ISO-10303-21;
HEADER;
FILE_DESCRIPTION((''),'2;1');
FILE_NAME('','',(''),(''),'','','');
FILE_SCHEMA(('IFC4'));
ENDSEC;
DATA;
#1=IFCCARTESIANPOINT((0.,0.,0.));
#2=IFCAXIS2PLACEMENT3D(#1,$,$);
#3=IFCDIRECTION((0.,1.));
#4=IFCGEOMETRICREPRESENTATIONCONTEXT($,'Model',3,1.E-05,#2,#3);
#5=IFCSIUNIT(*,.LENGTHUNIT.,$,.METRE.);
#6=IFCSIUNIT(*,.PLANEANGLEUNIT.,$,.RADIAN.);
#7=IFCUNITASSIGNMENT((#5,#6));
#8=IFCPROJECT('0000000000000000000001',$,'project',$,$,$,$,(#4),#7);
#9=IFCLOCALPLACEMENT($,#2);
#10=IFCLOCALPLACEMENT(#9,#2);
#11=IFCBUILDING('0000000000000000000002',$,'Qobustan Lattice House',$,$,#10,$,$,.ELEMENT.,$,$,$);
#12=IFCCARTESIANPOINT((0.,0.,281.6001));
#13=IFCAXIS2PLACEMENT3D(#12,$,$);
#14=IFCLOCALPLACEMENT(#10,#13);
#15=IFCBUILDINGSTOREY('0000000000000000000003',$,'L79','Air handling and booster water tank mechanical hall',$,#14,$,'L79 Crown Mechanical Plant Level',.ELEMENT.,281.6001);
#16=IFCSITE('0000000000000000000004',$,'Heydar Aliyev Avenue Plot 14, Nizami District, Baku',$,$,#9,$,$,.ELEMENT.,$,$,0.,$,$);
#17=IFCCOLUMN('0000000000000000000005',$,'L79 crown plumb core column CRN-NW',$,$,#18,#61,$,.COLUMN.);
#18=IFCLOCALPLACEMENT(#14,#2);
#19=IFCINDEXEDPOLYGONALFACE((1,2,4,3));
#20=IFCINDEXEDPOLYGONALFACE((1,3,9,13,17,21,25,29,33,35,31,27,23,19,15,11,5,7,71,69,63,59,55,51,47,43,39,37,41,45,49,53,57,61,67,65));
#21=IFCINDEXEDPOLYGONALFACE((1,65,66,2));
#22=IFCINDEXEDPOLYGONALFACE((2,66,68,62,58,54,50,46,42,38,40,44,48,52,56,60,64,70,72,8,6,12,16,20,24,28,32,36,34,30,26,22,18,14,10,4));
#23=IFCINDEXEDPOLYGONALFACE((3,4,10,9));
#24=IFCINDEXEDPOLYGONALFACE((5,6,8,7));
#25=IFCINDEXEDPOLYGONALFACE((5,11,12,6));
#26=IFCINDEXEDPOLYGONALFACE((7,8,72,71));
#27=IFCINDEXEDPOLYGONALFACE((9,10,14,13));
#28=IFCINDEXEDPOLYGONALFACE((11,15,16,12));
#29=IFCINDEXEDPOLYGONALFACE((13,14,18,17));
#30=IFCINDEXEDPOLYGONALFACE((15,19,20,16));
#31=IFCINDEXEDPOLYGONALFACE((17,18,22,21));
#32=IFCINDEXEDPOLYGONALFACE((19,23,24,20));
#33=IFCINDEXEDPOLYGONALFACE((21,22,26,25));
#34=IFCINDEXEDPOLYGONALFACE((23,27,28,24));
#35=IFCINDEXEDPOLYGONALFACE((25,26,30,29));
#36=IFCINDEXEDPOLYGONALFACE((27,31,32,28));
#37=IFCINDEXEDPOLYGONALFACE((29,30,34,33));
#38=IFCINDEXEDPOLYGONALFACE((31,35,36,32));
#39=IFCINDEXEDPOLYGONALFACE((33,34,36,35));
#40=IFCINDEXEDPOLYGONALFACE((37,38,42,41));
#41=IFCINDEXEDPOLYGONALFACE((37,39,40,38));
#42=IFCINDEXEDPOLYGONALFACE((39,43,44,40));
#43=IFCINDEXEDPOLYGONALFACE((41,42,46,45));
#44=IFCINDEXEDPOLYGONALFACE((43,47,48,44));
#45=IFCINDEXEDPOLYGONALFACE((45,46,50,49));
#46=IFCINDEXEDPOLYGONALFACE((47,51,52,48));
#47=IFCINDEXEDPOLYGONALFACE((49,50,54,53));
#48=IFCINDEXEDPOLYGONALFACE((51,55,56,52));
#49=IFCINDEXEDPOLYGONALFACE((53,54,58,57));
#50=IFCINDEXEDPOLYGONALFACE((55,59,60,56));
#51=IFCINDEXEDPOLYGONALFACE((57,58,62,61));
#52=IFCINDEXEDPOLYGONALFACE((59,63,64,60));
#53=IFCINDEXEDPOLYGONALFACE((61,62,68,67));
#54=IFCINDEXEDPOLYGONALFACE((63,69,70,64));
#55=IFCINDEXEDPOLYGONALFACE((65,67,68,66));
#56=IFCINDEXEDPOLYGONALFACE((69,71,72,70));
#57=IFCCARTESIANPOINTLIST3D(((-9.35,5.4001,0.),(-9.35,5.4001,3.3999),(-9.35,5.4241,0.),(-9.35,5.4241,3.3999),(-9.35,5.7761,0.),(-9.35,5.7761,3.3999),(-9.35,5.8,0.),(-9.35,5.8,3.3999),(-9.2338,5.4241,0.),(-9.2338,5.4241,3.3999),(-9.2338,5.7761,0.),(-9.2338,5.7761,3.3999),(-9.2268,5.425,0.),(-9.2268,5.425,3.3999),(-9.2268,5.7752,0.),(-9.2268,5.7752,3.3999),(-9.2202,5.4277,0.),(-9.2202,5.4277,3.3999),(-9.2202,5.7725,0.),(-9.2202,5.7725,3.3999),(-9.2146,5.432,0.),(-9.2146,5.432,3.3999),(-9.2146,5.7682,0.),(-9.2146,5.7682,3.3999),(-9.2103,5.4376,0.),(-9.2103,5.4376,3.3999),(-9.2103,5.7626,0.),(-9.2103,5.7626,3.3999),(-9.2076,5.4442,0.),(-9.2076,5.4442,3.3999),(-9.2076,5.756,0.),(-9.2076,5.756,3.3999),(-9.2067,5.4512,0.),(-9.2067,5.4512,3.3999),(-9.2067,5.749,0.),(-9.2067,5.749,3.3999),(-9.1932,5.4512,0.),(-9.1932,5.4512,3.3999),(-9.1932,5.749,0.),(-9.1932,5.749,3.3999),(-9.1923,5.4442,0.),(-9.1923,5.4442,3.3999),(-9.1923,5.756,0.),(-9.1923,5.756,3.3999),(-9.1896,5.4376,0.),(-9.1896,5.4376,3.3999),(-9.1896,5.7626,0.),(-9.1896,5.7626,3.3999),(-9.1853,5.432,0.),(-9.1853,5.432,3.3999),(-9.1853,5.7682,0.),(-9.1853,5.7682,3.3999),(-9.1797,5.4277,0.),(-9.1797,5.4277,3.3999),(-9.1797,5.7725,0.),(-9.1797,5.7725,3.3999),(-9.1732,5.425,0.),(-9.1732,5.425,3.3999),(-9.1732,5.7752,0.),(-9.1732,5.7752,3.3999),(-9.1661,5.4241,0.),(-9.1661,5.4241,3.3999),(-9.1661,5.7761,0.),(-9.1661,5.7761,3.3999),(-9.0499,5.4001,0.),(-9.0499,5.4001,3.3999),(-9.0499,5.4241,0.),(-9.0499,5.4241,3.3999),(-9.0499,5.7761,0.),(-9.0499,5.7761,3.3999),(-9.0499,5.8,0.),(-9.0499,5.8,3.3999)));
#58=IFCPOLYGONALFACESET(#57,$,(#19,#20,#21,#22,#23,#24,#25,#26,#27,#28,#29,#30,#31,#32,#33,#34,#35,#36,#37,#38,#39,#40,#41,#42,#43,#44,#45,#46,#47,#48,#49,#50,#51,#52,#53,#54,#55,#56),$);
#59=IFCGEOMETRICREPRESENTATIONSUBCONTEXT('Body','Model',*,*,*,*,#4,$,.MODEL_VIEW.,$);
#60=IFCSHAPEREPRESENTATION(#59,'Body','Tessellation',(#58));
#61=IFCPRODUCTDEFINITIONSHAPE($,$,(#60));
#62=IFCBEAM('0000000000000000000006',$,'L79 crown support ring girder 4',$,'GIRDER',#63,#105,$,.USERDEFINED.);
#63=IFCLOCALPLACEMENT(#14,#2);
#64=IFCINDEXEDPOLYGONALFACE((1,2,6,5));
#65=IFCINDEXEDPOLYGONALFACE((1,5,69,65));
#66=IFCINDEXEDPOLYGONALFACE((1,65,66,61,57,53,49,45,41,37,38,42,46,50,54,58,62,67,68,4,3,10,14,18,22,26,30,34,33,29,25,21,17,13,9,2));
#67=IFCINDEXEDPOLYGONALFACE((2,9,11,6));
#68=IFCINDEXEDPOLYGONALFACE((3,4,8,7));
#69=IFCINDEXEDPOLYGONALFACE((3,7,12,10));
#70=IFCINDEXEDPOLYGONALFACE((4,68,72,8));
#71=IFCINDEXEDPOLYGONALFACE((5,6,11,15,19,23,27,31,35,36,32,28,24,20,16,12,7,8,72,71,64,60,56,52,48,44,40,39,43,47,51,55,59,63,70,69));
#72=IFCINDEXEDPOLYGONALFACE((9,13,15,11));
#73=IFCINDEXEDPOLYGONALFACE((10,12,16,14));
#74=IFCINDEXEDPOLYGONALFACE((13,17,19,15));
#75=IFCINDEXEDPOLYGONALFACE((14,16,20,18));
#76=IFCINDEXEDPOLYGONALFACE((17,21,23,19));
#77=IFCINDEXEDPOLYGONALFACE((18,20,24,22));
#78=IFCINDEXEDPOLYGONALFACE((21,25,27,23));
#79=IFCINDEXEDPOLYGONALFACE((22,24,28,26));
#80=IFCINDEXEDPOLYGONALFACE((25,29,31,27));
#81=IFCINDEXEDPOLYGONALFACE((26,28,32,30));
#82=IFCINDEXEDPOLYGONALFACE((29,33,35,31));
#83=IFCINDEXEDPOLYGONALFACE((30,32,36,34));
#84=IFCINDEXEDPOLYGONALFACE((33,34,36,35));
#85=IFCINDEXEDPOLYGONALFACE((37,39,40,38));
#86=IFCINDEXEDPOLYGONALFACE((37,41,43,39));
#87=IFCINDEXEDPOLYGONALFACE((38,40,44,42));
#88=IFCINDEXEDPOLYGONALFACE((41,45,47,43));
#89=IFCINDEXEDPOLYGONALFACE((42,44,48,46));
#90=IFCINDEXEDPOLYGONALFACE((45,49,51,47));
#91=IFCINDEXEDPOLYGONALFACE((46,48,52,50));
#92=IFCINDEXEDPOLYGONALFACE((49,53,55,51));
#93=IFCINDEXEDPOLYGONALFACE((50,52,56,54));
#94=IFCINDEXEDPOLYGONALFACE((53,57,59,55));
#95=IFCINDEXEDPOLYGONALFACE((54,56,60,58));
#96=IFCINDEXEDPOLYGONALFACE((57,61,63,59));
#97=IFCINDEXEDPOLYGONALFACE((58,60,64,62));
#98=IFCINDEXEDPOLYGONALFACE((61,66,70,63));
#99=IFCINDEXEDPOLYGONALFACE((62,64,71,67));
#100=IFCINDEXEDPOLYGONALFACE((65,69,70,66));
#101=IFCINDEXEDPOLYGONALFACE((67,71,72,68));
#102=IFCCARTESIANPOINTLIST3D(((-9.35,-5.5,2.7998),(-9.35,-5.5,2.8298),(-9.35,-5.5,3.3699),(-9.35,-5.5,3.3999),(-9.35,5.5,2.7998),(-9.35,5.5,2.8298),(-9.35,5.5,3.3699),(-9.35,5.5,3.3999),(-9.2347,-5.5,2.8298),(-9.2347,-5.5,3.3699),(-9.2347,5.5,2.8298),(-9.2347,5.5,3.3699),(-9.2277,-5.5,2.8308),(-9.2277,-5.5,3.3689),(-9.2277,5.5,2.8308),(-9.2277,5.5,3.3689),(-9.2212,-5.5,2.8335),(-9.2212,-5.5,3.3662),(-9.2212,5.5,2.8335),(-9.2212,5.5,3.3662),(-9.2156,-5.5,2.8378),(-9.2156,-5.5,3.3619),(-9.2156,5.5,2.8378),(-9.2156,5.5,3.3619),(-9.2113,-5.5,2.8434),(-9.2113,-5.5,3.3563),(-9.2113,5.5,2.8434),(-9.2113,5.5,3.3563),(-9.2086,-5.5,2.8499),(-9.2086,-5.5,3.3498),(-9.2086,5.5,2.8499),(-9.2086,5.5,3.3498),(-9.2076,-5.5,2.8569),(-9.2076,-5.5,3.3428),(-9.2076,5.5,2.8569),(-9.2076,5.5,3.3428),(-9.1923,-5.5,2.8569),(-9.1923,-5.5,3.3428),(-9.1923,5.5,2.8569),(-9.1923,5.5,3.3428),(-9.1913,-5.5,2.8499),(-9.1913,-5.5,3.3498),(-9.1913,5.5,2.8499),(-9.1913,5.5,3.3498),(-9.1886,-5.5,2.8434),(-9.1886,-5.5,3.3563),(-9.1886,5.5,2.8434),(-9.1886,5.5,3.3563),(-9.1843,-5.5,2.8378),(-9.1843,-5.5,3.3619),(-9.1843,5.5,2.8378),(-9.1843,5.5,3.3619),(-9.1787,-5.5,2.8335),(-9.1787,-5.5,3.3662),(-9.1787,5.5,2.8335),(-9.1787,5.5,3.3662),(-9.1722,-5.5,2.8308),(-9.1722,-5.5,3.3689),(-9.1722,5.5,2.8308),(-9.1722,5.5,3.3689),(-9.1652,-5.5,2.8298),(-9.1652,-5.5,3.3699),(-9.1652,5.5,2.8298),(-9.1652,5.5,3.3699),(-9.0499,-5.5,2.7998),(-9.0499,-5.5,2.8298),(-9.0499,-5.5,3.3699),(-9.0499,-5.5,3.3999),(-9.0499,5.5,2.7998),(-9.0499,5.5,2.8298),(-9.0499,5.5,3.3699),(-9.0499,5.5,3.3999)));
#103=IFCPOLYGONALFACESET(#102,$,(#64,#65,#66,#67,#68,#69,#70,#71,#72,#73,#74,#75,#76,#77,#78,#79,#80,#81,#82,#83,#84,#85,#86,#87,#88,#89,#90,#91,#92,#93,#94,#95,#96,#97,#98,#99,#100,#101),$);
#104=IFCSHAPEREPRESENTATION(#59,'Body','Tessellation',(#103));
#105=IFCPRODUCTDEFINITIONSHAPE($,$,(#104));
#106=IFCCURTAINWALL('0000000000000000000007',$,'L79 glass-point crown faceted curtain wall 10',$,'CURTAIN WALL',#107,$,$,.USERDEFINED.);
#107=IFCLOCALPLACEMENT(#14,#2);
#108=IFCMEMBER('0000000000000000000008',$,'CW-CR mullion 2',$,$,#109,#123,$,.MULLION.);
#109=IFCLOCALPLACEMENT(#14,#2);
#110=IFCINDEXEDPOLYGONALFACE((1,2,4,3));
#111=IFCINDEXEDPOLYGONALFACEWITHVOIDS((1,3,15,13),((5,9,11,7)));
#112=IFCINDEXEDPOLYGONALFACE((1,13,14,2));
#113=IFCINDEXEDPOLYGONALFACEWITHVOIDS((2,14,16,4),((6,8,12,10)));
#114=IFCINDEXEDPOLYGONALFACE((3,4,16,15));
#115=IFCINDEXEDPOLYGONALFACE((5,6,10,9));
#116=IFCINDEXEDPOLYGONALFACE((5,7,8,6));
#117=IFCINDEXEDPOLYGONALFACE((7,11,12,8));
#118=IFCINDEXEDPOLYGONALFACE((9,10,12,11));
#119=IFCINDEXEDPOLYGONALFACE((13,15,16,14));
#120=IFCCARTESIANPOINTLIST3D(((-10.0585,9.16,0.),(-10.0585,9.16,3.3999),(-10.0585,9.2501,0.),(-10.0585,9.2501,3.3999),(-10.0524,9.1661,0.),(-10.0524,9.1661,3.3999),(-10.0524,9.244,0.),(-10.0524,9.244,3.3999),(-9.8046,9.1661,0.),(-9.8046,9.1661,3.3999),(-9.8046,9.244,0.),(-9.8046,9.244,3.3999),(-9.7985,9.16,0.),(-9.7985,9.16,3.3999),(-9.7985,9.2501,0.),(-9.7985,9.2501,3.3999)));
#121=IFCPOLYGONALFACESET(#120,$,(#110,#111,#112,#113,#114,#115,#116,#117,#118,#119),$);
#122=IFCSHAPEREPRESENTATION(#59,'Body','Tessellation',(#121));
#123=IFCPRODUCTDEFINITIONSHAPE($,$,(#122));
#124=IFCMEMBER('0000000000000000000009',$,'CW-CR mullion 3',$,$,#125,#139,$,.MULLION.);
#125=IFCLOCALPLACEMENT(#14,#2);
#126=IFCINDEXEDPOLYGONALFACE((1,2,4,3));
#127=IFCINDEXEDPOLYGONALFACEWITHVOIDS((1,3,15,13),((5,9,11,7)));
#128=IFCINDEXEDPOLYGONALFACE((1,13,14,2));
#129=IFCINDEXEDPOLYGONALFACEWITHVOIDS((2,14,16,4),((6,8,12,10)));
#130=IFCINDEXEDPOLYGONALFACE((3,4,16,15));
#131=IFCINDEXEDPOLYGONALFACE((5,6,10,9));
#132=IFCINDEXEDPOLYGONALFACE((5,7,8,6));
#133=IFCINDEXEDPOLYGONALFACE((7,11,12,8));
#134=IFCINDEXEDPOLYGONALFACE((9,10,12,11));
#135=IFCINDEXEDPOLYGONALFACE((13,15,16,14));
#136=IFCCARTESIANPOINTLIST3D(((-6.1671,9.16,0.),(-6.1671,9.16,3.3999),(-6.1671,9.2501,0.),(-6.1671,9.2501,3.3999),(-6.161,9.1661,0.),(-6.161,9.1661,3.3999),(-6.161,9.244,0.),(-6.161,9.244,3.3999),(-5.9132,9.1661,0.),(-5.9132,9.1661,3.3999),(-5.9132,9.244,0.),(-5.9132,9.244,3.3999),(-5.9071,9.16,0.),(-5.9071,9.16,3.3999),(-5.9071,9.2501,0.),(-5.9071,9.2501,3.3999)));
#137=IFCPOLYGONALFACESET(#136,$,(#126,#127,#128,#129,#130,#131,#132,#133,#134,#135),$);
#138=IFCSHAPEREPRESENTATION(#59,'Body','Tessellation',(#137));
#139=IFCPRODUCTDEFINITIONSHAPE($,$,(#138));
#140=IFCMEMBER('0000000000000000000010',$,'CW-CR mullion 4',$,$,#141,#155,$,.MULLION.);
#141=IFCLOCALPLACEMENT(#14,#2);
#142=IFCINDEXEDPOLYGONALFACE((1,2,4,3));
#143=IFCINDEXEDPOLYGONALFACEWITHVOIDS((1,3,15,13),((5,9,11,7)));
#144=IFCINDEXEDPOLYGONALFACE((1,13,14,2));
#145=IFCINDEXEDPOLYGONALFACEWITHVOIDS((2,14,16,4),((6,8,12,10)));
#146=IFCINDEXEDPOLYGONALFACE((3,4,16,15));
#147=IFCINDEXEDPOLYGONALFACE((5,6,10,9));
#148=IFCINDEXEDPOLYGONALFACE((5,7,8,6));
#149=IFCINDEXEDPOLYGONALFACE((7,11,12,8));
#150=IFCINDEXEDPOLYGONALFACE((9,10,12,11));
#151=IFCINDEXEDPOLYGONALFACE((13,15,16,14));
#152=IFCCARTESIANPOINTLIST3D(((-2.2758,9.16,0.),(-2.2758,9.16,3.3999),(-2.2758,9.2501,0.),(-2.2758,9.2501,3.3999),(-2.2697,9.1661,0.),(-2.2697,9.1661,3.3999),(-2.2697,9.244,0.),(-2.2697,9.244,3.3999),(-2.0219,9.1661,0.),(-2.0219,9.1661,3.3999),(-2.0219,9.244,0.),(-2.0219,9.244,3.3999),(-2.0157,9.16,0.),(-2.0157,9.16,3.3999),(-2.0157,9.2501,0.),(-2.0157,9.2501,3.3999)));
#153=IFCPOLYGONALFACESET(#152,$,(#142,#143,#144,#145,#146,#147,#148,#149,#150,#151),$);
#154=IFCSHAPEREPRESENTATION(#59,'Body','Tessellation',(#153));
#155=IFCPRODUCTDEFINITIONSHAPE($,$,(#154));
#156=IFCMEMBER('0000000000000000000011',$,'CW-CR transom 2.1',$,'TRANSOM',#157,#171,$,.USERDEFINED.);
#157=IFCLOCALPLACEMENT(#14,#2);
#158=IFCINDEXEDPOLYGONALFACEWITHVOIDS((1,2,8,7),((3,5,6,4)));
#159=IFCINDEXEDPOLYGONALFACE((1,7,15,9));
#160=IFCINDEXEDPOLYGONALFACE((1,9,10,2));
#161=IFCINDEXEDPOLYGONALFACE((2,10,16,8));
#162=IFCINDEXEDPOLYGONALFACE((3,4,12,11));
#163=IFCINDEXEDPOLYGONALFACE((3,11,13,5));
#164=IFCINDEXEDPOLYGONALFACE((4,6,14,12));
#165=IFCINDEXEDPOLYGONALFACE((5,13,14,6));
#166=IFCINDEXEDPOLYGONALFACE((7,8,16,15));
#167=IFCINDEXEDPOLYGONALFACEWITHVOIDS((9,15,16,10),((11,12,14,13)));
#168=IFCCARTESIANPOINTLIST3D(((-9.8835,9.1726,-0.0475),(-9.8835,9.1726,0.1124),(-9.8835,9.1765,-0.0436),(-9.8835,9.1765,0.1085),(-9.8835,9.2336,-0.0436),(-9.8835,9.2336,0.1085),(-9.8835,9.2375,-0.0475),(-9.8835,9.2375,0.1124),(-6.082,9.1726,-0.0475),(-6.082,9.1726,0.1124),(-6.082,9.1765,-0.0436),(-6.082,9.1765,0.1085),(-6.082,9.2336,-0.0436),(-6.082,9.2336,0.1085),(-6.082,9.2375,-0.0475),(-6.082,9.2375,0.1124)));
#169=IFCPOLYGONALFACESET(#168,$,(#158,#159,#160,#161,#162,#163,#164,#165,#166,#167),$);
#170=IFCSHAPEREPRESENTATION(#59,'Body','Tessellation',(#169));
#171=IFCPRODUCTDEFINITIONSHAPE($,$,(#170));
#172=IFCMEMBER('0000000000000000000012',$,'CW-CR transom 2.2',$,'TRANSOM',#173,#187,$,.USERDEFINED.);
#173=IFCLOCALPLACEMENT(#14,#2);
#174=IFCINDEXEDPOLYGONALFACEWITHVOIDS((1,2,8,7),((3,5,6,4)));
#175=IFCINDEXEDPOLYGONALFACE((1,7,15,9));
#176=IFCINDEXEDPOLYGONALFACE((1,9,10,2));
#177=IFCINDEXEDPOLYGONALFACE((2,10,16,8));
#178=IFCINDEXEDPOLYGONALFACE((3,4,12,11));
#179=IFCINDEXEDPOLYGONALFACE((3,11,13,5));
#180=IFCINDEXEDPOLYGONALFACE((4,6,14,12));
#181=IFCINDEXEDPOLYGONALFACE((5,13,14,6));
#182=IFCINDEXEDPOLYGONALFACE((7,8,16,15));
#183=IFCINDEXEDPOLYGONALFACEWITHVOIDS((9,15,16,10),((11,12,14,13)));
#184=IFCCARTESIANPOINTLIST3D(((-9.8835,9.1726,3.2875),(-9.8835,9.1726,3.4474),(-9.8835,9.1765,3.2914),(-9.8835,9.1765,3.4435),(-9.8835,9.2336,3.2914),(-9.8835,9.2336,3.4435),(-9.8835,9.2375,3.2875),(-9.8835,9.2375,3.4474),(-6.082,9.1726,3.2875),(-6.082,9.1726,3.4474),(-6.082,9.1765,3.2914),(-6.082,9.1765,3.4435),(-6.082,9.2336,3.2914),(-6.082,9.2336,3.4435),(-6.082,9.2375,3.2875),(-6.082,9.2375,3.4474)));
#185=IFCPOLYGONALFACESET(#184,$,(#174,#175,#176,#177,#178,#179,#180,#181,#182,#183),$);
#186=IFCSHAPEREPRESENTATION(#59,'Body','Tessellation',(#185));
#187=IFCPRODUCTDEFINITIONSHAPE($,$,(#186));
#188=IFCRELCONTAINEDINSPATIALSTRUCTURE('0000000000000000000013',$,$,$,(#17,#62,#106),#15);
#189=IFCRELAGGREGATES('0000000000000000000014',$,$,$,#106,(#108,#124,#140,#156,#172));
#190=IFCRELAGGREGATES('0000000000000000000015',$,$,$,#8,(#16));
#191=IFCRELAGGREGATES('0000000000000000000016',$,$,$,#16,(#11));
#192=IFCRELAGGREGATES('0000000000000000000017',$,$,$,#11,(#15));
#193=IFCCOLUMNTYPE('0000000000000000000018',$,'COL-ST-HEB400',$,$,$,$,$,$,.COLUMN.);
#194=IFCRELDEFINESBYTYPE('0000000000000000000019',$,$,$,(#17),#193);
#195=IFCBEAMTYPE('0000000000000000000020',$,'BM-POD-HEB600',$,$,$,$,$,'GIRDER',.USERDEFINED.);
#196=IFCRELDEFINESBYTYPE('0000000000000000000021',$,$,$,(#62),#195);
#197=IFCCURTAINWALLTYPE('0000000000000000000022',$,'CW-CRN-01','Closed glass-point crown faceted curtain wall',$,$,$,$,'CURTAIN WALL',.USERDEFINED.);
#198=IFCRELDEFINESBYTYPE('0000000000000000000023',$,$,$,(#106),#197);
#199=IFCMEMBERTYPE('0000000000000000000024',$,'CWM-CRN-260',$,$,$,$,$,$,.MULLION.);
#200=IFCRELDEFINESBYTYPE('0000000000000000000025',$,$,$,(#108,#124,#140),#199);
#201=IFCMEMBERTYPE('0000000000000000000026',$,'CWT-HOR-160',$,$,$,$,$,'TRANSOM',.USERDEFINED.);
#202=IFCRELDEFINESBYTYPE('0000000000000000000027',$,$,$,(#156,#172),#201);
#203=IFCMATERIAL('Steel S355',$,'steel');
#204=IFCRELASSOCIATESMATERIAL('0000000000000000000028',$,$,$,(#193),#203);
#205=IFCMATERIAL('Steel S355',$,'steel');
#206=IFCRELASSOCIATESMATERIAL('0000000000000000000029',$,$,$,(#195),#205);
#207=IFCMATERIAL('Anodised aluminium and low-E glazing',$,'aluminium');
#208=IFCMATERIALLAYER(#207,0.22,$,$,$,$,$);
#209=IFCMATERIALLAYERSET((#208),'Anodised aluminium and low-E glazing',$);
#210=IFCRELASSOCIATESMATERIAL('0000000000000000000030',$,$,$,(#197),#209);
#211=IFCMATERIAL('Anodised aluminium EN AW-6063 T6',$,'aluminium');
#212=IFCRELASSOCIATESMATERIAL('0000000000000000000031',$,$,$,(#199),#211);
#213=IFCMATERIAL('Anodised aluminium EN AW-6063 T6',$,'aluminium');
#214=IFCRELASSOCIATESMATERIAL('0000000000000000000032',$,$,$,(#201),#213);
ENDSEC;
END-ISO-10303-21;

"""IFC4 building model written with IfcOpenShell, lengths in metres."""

from ifc_helpers import new_model, si_unit, direction, frame, origin, origin_2d, place, context, subcontext, project, spatial, hollow_rectangle, i_section, extrude, material, layer, layer_set, material_profile, profile_set, type_object, element, aggregate, save


model = new_model("IFC4")

# Units and contexts
model_context = context("Model", 3, precision=1e-05, world=origin(), true_north=direction((0.0, 1.0)))
body_context = subcontext(model_context, "Body", "Model", "MODEL_VIEW")
ifc_project = project(units=[si_unit("LENGTHUNIT", "METRE"), si_unit("PLANEANGLEUNIT", "RADIAN")], contexts=[model_context])

# Site, building, storey
site_placement = place(None, origin())
site = spatial("IfcSite", under=ifc_project, at=site_placement, Name="Heydar Aliyev Avenue Plot 14, Nizami District, Baku", CompositionType="ELEMENT", RefElevation=0.0)
building_placement = place(site_placement, origin())
building = spatial("IfcBuilding", under=site, at=building_placement, Name="Qobustan Lattice House", CompositionType="ELEMENT")
storey_placement = place(building_placement, frame((0.0, 0.0, 281.6001)))
storey = spatial("IfcBuildingStorey", under=building, at=storey_placement, Name="L79", Description="Air handling and booster water tank mechanical hall", LongName="L79 Crown Mechanical Plant Level", CompositionType="ELEMENT", Elevation=281.6001)

# Column
ifc_material_1 = material(Name="Steel S355", Category="steel")
ifc_material_profile_1 = material_profile(ifc_material_1, i_section(OverallWidth=0.3, OverallDepth=0.3999, WebThickness=0.0134, FlangeThickness=0.0239, FilletRadius=0.0271, at=origin_2d()), Name="HEB400")
ifc_profile_set_1 = profile_set([ifc_material_profile_1], Name="Steel S355")
column_type = type_object("IfcColumnType", Name="COL-ST-HEB400", PredefinedType="COLUMN", material=ifc_profile_set_1)
column_placement = place(storey_placement, frame((-9.2, 5.6001, 0.0), z_axis=(0.0, 0.0, 1.0), x_axis=(1.0, 0.0, 0.0)))
element("IfcColumn", 1, at=column_placement, inside=storey, type_object=column_type, Name="L79 crown plumb core column CRN-NW", PredefinedType="COLUMN", context=body_context, shape_type="SweptSolid", body=[
    extrude(i_section(OverallWidth=0.3, OverallDepth=0.3999, WebThickness=0.0134, FlangeThickness=0.0239, FilletRadius=0.0271, at=origin_2d()), origin(), (0.0, 0.0, 1.0), 3.3999),
])

# Beam
ifc_material_2 = material(Name="Steel S355", Category="steel")
ifc_material_profile_2 = material_profile(ifc_material_2, i_section(OverallWidth=0.3, OverallDepth=0.6001, WebThickness=0.0154, FlangeThickness=0.03, FilletRadius=0.0271, at=origin_2d()), Name="HEB600")
ifc_profile_set_2 = profile_set([ifc_material_profile_2], Name="Steel S355")
beam_type = type_object("IfcBeamType", Name="BM-POD-HEB600", ElementType="GIRDER", PredefinedType="USERDEFINED", material=ifc_profile_set_2)
beam_placement = place(storey_placement, frame((-9.2, 5.5, 3.0999), z_axis=(0.0, -1.0, 0.0), x_axis=(1.0, 0.0, 0.0)))
element("IfcBeam", 2, at=beam_placement, inside=storey, type_object=beam_type, Name="L79 crown support ring girder 4", ObjectType="GIRDER", PredefinedType="USERDEFINED", context=body_context, shape_type="SweptSolid", body=[
    extrude(i_section(OverallWidth=0.3, OverallDepth=0.6001, WebThickness=0.0154, FlangeThickness=0.03, FilletRadius=0.0271, at=origin_2d()), origin(), (0.0, 0.0, 1.0), 11.0),
])

# Curtain wall, members
ifc_material_3 = material(Name="Anodised aluminium and low-E glazing", Category="aluminium")
ifc_layer_1 = layer(ifc_material_3, 0.22)
ifc_layer_set_1 = layer_set([ifc_layer_1], Name="Anodised aluminium and low-E glazing")
curtain_wall_type = type_object("IfcCurtainWallType", Name="CW-CRN-01", Description="Closed glass-point crown faceted curtain wall", ElementType="CURTAIN WALL", PredefinedType="USERDEFINED", material=ifc_layer_set_1)
curtain_wall_placement = place(storey_placement, origin())
curtain_wall = element("IfcCurtainWall", 3, at=curtain_wall_placement, inside=storey, type_object=curtain_wall_type, Name="L79 glass-point crown faceted curtain wall 10", ObjectType="CURTAIN WALL", PredefinedType="USERDEFINED")
ifc_material_4 = material(Name="Anodised aluminium EN AW-6063 T6", Category="aluminium")
ifc_material_profile_3 = material_profile(ifc_material_4, hollow_rectangle(XDim=0.0901, YDim=0.26, WallThickness=0.0061, at=origin_2d()), Name="CWM-CROWN-260x90")
ifc_profile_set_3 = profile_set([ifc_material_profile_3], Name="Anodised aluminium EN AW-6063 T6")
member_type_1 = type_object("IfcMemberType", Name="CWM-CRN-260", PredefinedType="MULLION", material=ifc_profile_set_3)
member_1_placement = place(storey_placement, frame((-9.9285, 9.2051, 0.0), z_axis=(0.0, 0.0, 1.0), x_axis=(0.0, 1.0, 0.0)))
member_1 = element("IfcMember", 4, at=member_1_placement, type_object=member_type_1, Name="CW-CR mullion 2", PredefinedType="MULLION", context=body_context, shape_type="SweptSolid", body=[
    extrude(hollow_rectangle(XDim=0.0901, YDim=0.26, WallThickness=0.0061, at=origin_2d()), origin(), (0.0, 0.0, 1.0), 3.3999),
])
member_2_placement = place(storey_placement, frame((-6.0371, 9.2051, 0.0), z_axis=(0.0, 0.0, 1.0), x_axis=(0.0, 1.0, 0.0)))
member_2 = element("IfcMember", 5, at=member_2_placement, type_object=member_type_1, Name="CW-CR mullion 3", PredefinedType="MULLION", context=body_context, shape_type="SweptSolid", body=[
    extrude(hollow_rectangle(XDim=0.0901, YDim=0.26, WallThickness=0.0061, at=origin_2d()), origin(), (0.0, 0.0, 1.0), 3.3999),
])
member_3_placement = place(storey_placement, frame((-2.1458, 9.2051, 0.0), z_axis=(0.0, 0.0, 1.0), x_axis=(0.0, 1.0, 0.0)))
member_3 = element("IfcMember", 6, at=member_3_placement, type_object=member_type_1, Name="CW-CR mullion 4", PredefinedType="MULLION", context=body_context, shape_type="SweptSolid", body=[
    extrude(hollow_rectangle(XDim=0.0901, YDim=0.26, WallThickness=0.0061, at=origin_2d()), origin(), (0.0, 0.0, 1.0), 3.3999),
])
ifc_material_5 = material(Name="Anodised aluminium EN AW-6063 T6", Category="aluminium")
ifc_material_profile_4 = material_profile(ifc_material_5, hollow_rectangle(XDim=0.0649, YDim=0.1599, WallThickness=0.0039, at=origin_2d()), Name="CWT-160x65")
ifc_profile_set_4 = profile_set([ifc_material_profile_4], Name="Anodised aluminium EN AW-6063 T6")
member_type_2 = type_object("IfcMemberType", Name="CWT-HOR-160", ElementType="TRANSOM", PredefinedType="USERDEFINED", material=ifc_profile_set_4)
member_4_placement = place(storey_placement, frame((-9.8835, 9.2051, 0.0325), z_axis=(1.0, 0.0, 0.0), x_axis=(0.0, 1.0, 0.0)))
member_4 = element("IfcMember", 7, at=member_4_placement, type_object=member_type_2, Name="CW-CR transom 2.1", ObjectType="TRANSOM", PredefinedType="USERDEFINED", context=body_context, shape_type="SweptSolid", body=[
    extrude(hollow_rectangle(XDim=0.0649, YDim=0.1599, WallThickness=0.0039, at=origin_2d()), origin(), (0.0, 0.0, 1.0), 3.8015),
])
member_5_placement = place(storey_placement, frame((-9.8835, 9.2051, 3.3674), z_axis=(1.0, 0.0, 0.0), x_axis=(0.0, 1.0, 0.0)))
member_5 = element("IfcMember", 8, at=member_5_placement, type_object=member_type_2, Name="CW-CR transom 2.2", ObjectType="TRANSOM", PredefinedType="USERDEFINED", context=body_context, shape_type="SweptSolid", body=[
    extrude(hollow_rectangle(XDim=0.0649, YDim=0.1599, WallThickness=0.0039, at=origin_2d()), origin(), (0.0, 0.0, 1.0), 3.8015),
])

aggregate(curtain_wall, [member_1, member_2, member_3, member_4, member_5])

save(model, "model.ifc")
